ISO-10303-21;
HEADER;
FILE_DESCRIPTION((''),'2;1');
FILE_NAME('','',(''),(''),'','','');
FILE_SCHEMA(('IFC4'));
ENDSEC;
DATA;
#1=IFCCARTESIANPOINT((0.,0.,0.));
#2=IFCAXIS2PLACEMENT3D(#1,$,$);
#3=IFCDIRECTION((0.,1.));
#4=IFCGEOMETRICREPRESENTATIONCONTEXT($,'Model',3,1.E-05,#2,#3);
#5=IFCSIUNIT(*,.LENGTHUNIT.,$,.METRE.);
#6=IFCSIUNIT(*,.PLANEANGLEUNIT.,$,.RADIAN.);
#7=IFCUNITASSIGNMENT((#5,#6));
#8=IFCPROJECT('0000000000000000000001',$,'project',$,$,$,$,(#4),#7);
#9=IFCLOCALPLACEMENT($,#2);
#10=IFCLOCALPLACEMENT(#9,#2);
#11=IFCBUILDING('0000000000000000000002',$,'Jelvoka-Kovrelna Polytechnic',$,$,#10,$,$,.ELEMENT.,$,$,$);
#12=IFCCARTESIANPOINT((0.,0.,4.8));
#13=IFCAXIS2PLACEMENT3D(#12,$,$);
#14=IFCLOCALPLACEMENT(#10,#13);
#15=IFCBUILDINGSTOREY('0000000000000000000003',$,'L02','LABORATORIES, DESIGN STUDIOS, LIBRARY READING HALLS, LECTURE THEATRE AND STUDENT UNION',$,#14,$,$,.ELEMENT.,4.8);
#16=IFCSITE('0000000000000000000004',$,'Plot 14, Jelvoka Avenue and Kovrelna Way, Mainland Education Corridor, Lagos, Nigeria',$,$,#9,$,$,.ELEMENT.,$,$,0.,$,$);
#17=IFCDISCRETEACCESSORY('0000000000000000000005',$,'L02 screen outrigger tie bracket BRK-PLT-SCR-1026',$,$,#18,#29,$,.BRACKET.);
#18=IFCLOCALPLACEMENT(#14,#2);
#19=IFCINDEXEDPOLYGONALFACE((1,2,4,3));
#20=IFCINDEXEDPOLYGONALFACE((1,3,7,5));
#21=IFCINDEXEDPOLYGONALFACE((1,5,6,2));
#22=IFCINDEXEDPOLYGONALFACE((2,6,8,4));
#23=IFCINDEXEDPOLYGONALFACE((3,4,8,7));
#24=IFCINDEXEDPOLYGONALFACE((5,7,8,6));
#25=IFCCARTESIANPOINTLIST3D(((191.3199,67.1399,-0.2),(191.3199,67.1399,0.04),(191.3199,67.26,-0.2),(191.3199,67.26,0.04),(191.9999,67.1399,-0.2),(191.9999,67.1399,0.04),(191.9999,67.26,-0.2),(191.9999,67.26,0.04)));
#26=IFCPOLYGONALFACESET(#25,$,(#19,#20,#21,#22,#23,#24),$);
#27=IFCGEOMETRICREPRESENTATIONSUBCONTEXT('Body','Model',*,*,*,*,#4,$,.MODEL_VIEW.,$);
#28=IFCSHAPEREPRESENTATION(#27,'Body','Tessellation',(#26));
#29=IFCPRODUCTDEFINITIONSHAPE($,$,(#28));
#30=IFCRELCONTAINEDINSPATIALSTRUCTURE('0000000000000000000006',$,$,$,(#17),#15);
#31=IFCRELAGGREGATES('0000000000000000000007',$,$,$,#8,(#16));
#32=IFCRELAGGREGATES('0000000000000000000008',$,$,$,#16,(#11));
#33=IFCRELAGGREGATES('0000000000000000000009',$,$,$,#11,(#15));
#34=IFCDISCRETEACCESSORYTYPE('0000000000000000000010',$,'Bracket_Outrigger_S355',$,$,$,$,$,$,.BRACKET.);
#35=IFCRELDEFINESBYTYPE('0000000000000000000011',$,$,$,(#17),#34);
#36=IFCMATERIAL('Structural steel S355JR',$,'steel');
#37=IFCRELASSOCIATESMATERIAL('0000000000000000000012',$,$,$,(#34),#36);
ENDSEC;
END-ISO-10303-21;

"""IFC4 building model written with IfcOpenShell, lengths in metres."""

from ifc_helpers import new_model, si_unit, direction, frame, origin, origin_2d, place, context, subcontext, project, spatial, rectangle, extrude, material, type_object, element, save


model = new_model("IFC4")

# Units and contexts
model_context = context("Model", 3, precision=1e-05, world=origin(), true_north=direction((0.0, 1.0)))
body_context = subcontext(model_context, "Body", "Model", "MODEL_VIEW")
ifc_project = project(units=[si_unit("LENGTHUNIT", "METRE"), si_unit("PLANEANGLEUNIT", "RADIAN")], contexts=[model_context])

# Site, building, storey
site_placement = place(None, origin())
site = spatial("IfcSite", under=ifc_project, at=site_placement, Name="Plot 14, Jelvoka Avenue and Kovrelna Way, Mainland Education Corridor, Lagos, Nigeria", CompositionType="ELEMENT", RefElevation=0.0)
building_placement = place(site_placement, origin())
building = spatial("IfcBuilding", under=site, at=building_placement, Name="Jelvoka-Kovrelna Polytechnic", CompositionType="ELEMENT")
storey_placement = place(building_placement, frame((0.0, 0.0, 4.8)))
storey = spatial("IfcBuildingStorey", under=building, at=storey_placement, Name="L02", Description="LABORATORIES, DESIGN STUDIOS, LIBRARY READING HALLS, LECTURE THEATRE AND STUDENT UNION", CompositionType="ELEMENT", Elevation=4.8)

# Discrete accessory
ifc_material_1 = material(Name="Structural steel S355JR", Category="steel")
discrete_accessory_type = type_object("IfcDiscreteAccessoryType", Name="Bracket_Outrigger_S355", PredefinedType="BRACKET", material=ifc_material_1)
for number, where, z_axis, x_axis, name in (
    (1, (191.6599, 67.2, -0.2), (0.0, 0.0, 1.0), (1.0, 0.0, 0.0), "L02 screen outrigger tie bracket BRK-PLT-SCR-1026"),
):
    element("IfcDiscreteAccessory", number, at=place(storey_placement, frame(where, z_axis=z_axis, x_axis=x_axis)), inside=storey, type_object=discrete_accessory_type, Name=name, PredefinedType="BRACKET", context=body_context, shape_type="SweptSolid", body=[
        extrude(rectangle(XDim=0.6799, YDim=0.1201, at=origin_2d()), origin(), (0.0, 0.0, 1.0), 0.24),
    ])

save(model, "model.ifc")
